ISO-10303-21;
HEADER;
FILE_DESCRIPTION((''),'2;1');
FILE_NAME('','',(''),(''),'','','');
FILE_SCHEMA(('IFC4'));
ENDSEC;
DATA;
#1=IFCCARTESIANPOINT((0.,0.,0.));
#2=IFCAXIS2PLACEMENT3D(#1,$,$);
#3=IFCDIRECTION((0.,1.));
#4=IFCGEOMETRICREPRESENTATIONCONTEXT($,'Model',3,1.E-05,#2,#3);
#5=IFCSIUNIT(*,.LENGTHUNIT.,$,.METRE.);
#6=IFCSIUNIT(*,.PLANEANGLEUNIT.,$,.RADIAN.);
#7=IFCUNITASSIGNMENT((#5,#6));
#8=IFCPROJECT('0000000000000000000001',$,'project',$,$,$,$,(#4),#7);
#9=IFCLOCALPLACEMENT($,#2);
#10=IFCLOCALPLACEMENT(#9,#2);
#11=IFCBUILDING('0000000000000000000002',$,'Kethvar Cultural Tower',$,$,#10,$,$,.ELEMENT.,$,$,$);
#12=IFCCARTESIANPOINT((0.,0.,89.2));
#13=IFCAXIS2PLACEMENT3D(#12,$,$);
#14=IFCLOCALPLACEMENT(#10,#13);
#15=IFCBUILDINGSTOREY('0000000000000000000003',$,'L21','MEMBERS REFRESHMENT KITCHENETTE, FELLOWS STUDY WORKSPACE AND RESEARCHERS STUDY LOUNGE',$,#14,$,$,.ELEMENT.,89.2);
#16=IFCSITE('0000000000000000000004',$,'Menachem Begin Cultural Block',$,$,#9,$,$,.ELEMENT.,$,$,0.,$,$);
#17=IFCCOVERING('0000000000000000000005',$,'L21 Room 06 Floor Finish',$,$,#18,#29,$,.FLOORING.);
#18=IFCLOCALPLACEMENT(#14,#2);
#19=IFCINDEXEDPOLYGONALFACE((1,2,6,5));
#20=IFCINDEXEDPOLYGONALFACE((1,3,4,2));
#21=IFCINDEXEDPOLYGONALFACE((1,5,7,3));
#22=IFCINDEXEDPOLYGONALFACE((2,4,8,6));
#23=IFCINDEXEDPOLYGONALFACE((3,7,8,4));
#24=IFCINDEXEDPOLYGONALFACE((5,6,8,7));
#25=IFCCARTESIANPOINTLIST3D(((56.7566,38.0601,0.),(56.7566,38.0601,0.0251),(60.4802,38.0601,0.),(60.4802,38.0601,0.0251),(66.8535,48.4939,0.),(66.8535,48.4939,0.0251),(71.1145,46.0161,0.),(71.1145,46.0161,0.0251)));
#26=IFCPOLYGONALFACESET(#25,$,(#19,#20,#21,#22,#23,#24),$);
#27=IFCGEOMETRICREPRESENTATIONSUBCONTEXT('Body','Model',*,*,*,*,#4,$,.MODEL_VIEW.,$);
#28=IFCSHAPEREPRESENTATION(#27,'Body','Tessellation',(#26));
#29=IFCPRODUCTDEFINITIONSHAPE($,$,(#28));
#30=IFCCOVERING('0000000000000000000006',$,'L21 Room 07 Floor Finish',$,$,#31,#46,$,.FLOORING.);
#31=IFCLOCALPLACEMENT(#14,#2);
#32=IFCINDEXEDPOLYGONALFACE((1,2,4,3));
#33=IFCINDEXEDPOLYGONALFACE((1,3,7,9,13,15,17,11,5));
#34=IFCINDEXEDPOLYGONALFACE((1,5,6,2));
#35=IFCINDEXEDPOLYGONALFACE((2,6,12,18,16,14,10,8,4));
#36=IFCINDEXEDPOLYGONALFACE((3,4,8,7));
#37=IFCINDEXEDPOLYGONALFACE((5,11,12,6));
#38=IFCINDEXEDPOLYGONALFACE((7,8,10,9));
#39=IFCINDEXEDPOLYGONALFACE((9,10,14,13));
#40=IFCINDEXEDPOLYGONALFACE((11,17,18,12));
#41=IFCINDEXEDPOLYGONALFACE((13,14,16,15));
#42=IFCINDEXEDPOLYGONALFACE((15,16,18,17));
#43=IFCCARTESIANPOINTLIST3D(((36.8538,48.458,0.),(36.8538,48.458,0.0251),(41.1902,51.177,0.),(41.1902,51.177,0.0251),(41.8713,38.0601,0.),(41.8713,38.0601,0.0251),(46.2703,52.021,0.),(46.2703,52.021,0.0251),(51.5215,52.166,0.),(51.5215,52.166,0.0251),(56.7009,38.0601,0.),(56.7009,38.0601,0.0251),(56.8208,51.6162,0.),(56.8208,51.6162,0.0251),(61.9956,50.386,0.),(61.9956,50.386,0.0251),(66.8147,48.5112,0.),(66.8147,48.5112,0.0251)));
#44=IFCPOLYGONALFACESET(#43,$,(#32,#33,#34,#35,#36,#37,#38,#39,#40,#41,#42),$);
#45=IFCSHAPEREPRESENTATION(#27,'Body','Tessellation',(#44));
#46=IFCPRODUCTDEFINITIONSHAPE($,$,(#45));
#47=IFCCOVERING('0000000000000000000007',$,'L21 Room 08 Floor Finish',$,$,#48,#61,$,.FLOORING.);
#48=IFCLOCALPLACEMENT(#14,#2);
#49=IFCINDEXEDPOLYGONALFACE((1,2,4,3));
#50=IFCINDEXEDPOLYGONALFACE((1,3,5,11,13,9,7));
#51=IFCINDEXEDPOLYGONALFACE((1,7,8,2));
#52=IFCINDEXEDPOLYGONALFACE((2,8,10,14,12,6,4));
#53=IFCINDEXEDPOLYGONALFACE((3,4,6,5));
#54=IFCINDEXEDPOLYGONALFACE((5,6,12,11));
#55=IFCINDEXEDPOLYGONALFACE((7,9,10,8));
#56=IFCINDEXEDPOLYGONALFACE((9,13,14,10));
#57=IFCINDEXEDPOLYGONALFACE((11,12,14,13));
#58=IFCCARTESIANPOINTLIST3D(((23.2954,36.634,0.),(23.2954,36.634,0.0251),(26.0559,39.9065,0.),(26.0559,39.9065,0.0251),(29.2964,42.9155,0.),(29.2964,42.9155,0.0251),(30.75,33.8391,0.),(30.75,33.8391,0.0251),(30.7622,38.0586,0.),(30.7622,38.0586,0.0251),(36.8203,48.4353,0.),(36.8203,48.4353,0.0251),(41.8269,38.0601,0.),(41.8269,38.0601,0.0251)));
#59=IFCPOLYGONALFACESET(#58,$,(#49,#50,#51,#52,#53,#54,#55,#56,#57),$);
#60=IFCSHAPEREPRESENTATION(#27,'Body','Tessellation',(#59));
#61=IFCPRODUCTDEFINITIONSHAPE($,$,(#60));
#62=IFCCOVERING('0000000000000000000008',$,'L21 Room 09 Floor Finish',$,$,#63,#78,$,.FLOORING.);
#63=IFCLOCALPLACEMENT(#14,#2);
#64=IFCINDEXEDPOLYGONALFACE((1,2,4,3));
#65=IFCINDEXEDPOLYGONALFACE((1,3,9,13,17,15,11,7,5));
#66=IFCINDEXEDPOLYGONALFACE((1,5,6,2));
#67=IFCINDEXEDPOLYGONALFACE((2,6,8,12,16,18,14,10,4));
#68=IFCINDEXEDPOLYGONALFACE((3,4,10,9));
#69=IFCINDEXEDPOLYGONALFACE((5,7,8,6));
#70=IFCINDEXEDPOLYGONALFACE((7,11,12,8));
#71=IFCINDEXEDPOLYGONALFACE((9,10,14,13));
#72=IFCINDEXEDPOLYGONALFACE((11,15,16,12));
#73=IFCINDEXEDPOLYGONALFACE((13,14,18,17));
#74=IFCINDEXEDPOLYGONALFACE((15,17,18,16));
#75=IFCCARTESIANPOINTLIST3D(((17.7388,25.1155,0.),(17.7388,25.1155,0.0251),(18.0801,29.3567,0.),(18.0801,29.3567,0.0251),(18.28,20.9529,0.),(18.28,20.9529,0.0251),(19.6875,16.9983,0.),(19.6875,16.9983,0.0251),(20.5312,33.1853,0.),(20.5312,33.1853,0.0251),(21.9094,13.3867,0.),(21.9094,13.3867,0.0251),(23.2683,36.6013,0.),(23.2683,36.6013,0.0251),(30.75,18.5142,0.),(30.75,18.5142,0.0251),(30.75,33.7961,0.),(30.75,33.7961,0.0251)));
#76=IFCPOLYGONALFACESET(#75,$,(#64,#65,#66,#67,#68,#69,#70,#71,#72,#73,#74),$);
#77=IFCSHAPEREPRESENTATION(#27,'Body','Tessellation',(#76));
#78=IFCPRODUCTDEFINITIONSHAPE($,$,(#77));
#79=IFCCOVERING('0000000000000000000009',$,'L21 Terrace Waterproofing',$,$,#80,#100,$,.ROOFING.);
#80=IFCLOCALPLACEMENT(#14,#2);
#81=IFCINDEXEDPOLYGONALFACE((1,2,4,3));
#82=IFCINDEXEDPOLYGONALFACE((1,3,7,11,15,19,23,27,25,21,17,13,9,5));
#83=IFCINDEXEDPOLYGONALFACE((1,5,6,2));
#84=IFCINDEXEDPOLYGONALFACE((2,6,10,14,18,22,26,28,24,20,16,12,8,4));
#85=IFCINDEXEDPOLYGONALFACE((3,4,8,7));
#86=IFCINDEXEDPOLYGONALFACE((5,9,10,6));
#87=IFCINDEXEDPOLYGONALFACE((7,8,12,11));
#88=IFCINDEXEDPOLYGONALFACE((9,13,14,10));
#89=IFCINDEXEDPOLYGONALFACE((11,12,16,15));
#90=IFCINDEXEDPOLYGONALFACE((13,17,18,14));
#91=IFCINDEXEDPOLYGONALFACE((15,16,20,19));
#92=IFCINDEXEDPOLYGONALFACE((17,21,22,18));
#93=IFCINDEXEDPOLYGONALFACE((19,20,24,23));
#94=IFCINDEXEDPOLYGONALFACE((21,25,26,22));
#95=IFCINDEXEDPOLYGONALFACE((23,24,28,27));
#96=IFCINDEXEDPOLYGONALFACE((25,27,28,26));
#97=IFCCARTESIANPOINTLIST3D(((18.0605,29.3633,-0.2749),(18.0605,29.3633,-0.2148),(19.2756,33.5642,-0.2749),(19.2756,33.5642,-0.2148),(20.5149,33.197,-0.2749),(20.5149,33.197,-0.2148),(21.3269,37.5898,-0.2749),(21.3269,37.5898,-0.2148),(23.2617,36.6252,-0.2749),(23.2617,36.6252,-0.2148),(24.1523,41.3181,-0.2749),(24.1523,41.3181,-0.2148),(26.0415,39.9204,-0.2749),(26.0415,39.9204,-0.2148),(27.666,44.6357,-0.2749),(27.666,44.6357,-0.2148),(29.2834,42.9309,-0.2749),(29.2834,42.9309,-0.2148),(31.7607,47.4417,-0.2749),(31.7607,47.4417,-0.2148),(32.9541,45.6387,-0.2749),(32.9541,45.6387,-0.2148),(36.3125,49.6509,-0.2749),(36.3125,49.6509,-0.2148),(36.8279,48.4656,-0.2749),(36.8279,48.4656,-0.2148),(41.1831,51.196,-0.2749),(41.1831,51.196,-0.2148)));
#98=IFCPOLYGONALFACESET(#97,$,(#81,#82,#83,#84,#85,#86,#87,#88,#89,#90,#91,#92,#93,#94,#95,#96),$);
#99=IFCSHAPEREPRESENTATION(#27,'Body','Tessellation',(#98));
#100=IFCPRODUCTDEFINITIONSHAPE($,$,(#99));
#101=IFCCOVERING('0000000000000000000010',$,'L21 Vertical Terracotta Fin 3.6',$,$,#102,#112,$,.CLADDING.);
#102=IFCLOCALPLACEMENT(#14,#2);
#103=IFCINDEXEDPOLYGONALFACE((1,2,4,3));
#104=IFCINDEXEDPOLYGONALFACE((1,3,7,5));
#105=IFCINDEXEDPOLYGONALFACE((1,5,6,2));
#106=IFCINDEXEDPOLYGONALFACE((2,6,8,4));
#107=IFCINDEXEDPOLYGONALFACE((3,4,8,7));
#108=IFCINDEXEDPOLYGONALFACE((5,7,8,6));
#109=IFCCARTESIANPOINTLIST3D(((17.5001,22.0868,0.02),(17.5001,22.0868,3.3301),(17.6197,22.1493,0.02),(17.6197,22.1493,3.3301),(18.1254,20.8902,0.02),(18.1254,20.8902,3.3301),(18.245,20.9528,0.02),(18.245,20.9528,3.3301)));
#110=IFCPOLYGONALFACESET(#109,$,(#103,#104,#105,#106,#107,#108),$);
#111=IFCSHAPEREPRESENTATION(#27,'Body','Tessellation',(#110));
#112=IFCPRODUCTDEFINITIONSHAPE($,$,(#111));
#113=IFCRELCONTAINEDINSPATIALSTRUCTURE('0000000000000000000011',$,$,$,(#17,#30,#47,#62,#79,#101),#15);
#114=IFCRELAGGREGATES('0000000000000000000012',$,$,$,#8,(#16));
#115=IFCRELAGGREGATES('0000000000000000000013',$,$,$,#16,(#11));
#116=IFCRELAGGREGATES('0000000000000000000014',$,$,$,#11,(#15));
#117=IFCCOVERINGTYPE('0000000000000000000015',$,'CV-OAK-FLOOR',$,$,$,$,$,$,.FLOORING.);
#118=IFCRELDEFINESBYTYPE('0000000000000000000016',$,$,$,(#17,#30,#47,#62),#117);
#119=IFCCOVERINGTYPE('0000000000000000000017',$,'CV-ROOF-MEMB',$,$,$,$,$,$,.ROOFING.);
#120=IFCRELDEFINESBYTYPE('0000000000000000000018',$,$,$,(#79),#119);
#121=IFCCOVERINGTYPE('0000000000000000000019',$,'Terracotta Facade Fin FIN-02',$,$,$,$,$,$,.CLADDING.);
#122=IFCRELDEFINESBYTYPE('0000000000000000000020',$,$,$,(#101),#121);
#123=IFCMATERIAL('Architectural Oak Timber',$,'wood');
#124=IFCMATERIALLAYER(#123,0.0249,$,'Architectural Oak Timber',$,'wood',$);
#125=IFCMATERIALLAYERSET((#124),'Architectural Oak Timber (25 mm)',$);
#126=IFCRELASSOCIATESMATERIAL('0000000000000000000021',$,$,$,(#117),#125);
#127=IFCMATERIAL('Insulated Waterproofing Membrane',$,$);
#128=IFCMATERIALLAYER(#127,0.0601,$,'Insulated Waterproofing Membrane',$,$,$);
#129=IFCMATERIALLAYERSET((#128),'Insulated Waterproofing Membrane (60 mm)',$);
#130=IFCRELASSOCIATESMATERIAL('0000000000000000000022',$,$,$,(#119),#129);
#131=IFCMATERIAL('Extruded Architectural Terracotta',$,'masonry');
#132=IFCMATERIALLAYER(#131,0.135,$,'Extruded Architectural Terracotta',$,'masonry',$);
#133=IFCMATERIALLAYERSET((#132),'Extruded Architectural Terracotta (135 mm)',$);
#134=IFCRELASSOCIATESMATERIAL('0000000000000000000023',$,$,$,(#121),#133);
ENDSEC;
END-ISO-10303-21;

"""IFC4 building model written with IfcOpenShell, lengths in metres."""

from ifc_helpers import new_model, si_unit, direction, frame, origin, origin_2d, place, context, subcontext, project, spatial, polyline, rectangle, outline, extrude, source, transform, mapped, material, layer, layer_set, type_object, element, save


model = new_model("IFC4")

# Units and contexts
model_context = context("Model", 3, precision=1e-05, world=origin(), true_north=direction((0.0, 1.0)))
body_context = subcontext(model_context, "Body", "Model", "MODEL_VIEW")
ifc_project = project(units=[si_unit("LENGTHUNIT", "METRE"), si_unit("PLANEANGLEUNIT", "RADIAN")], contexts=[model_context])

# Site, building, storey
site_placement = place(None, origin())
site = spatial("IfcSite", under=ifc_project, at=site_placement, Name="Menachem Begin Cultural Block", CompositionType="ELEMENT", RefElevation=0.0)
building_placement = place(site_placement, origin())
building = spatial("IfcBuilding", under=site, at=building_placement, Name="Kethvar Cultural Tower", CompositionType="ELEMENT")
storey_placement = place(building_placement, frame((0.0, 0.0, 89.2)))
storey = spatial("IfcBuildingStorey", under=building, at=storey_placement, Name="L21", Description="MEMBERS REFRESHMENT KITCHENETTE, FELLOWS STUDY WORKSPACE AND RESEARCHERS STUDY LOUNGE", CompositionType="ELEMENT", Elevation=89.2)

# Coverings
ifc_material_1 = material(Name="Architectural Oak Timber", Category="wood")
ifc_layer_1 = layer(ifc_material_1, 0.0249, Name="Architectural Oak Timber", Category="wood")
ifc_layer_set_1 = layer_set([ifc_layer_1], Name="Architectural Oak Timber (25 mm)")
covering_type_1 = type_object("IfcCoveringType", Name="CV-OAK-FLOOR", PredefinedType="FLOORING", material=ifc_layer_set_1)
covering_1_placement = place(storey_placement, origin())
element("IfcCovering", 1, at=covering_1_placement, inside=storey, type_object=covering_type_1, Name="L21 Room 06 Floor Finish", PredefinedType="FLOORING", context=body_context, shape_type="SweptSolid", body=[
    extrude(outline(polyline([(71.1145, 46.0161), (60.4802, 38.0601), (56.7566, 38.0601), (66.8535, 48.4939), (71.1145, 46.0161)])), origin(), (0.0, 0.0, 1.0), 0.0251),
])
covering_2_placement = place(storey_placement, origin())
element("IfcCovering", 2, at=covering_2_placement, inside=storey, type_object=covering_type_1, Name="L21 Room 07 Floor Finish", PredefinedType="FLOORING", context=body_context, shape_type="SweptSolid", body=[
    extrude(outline(polyline([(41.1902, 51.177), (46.2703, 52.021), (51.5215, 52.166), (56.8208, 51.6162), (61.9956, 50.386), (66.8147, 48.5112), (56.7009, 38.0601), (41.8713, 38.0601), (36.8538, 48.458), (41.1902, 51.177)])), origin(), (0.0, 0.0, 1.0), 0.0251),
])
covering_3_placement = place(storey_placement, origin())
element("IfcCovering", 3, at=covering_3_placement, inside=storey, type_object=covering_type_1, Name="L21 Room 08 Floor Finish", PredefinedType="FLOORING", context=body_context, shape_type="SweptSolid", body=[
    extrude(outline(polyline([(26.0559, 39.9065), (29.2964, 42.9155), (36.8203, 48.4353), (41.8269, 38.0601), (30.7622, 38.0586), (30.75, 33.8391), (23.2954, 36.634), (26.0559, 39.9065)])), origin(), (0.0, 0.0, 1.0), 0.0251),
])
covering_4_placement = place(storey_placement, origin())
element("IfcCovering", 4, at=covering_4_placement, inside=storey, type_object=covering_type_1, Name="L21 Room 09 Floor Finish", PredefinedType="FLOORING", context=body_context, shape_type="SweptSolid", body=[
    extrude(outline(polyline([(19.6875, 16.9983), (18.28, 20.9529), (17.7388, 25.1155), (18.0801, 29.3567), (20.5312, 33.1853), (23.2683, 36.6013), (30.75, 33.7961), (30.75, 18.5142), (21.9094, 13.3867), (19.6875, 16.9983)])), origin(), (0.0, 0.0, 1.0), 0.0251),
])
ifc_material_2 = material(Name="Insulated Waterproofing Membrane")
ifc_layer_2 = layer(ifc_material_2, 0.0601, Name="Insulated Waterproofing Membrane")
ifc_layer_set_2 = layer_set([ifc_layer_2], Name="Insulated Waterproofing Membrane (60 mm)")
covering_type_2 = type_object("IfcCoveringType", Name="CV-ROOF-MEMB", PredefinedType="ROOFING", material=ifc_layer_set_2)
covering_5_placement = place(storey_placement, frame((0.0, 0.0, -0.2749)))
element("IfcCovering", 5, at=covering_5_placement, inside=storey, type_object=covering_type_2, Name="L21 Terrace Waterproofing", PredefinedType="ROOFING", context=body_context, shape_type="SweptSolid", body=[
    extrude(outline(polyline([(41.1831, 51.196), (36.3125, 49.6509), (31.7607, 47.4417), (27.666, 44.6357), (24.1523, 41.3181), (21.3269, 37.5898), (19.2756, 33.5642), (18.0605, 29.3633), (20.5149, 33.197), (23.2617, 36.6252), (26.0415, 39.9204), (29.2834, 42.9309), (32.9541, 45.6387), (36.8279, 48.4656), (41.1831, 51.196)])), origin(), (0.0, 0.0, 1.0), 0.0601),
])
ifc_material_3 = material(Name="Extruded Architectural Terracotta", Category="masonry")
ifc_layer_3 = layer(ifc_material_3, 0.135, Name="Extruded Architectural Terracotta", Category="masonry")
ifc_layer_set_3 = layer_set([ifc_layer_3], Name="Extruded Architectural Terracotta (135 mm)")
covering_type_3 = type_object("IfcCoveringType", Name="Terracotta Facade Fin FIN-02", PredefinedType="CLADDING", material=ifc_layer_set_3)
shared_shape_1 = source(origin(), body_context, "Body", "SweptSolid", [
    extrude(rectangle(XDim=1.3501, YDim=0.135, at=origin_2d()), origin(), (0.0, 0.0, 1.0), 3.3101),
])
covering_6_placement = place(storey_placement, frame((17.8726, 21.5198, 0.02), z_axis=(0.0, 0.0, 1.0), x_axis=(-0.463141, 0.886284, 0.0)))
element("IfcCovering", 6, at=covering_6_placement, inside=storey, type_object=covering_type_3, Name="L21 Vertical Terracotta Fin 3.6", PredefinedType="CLADDING", context=body_context, shape_type="MappedRepresentation", body=[
    mapped(shared_shape_1, transform((0.0, 0.0, 0.0), scale=1.0)),
])

save(model, "model.ifc")
